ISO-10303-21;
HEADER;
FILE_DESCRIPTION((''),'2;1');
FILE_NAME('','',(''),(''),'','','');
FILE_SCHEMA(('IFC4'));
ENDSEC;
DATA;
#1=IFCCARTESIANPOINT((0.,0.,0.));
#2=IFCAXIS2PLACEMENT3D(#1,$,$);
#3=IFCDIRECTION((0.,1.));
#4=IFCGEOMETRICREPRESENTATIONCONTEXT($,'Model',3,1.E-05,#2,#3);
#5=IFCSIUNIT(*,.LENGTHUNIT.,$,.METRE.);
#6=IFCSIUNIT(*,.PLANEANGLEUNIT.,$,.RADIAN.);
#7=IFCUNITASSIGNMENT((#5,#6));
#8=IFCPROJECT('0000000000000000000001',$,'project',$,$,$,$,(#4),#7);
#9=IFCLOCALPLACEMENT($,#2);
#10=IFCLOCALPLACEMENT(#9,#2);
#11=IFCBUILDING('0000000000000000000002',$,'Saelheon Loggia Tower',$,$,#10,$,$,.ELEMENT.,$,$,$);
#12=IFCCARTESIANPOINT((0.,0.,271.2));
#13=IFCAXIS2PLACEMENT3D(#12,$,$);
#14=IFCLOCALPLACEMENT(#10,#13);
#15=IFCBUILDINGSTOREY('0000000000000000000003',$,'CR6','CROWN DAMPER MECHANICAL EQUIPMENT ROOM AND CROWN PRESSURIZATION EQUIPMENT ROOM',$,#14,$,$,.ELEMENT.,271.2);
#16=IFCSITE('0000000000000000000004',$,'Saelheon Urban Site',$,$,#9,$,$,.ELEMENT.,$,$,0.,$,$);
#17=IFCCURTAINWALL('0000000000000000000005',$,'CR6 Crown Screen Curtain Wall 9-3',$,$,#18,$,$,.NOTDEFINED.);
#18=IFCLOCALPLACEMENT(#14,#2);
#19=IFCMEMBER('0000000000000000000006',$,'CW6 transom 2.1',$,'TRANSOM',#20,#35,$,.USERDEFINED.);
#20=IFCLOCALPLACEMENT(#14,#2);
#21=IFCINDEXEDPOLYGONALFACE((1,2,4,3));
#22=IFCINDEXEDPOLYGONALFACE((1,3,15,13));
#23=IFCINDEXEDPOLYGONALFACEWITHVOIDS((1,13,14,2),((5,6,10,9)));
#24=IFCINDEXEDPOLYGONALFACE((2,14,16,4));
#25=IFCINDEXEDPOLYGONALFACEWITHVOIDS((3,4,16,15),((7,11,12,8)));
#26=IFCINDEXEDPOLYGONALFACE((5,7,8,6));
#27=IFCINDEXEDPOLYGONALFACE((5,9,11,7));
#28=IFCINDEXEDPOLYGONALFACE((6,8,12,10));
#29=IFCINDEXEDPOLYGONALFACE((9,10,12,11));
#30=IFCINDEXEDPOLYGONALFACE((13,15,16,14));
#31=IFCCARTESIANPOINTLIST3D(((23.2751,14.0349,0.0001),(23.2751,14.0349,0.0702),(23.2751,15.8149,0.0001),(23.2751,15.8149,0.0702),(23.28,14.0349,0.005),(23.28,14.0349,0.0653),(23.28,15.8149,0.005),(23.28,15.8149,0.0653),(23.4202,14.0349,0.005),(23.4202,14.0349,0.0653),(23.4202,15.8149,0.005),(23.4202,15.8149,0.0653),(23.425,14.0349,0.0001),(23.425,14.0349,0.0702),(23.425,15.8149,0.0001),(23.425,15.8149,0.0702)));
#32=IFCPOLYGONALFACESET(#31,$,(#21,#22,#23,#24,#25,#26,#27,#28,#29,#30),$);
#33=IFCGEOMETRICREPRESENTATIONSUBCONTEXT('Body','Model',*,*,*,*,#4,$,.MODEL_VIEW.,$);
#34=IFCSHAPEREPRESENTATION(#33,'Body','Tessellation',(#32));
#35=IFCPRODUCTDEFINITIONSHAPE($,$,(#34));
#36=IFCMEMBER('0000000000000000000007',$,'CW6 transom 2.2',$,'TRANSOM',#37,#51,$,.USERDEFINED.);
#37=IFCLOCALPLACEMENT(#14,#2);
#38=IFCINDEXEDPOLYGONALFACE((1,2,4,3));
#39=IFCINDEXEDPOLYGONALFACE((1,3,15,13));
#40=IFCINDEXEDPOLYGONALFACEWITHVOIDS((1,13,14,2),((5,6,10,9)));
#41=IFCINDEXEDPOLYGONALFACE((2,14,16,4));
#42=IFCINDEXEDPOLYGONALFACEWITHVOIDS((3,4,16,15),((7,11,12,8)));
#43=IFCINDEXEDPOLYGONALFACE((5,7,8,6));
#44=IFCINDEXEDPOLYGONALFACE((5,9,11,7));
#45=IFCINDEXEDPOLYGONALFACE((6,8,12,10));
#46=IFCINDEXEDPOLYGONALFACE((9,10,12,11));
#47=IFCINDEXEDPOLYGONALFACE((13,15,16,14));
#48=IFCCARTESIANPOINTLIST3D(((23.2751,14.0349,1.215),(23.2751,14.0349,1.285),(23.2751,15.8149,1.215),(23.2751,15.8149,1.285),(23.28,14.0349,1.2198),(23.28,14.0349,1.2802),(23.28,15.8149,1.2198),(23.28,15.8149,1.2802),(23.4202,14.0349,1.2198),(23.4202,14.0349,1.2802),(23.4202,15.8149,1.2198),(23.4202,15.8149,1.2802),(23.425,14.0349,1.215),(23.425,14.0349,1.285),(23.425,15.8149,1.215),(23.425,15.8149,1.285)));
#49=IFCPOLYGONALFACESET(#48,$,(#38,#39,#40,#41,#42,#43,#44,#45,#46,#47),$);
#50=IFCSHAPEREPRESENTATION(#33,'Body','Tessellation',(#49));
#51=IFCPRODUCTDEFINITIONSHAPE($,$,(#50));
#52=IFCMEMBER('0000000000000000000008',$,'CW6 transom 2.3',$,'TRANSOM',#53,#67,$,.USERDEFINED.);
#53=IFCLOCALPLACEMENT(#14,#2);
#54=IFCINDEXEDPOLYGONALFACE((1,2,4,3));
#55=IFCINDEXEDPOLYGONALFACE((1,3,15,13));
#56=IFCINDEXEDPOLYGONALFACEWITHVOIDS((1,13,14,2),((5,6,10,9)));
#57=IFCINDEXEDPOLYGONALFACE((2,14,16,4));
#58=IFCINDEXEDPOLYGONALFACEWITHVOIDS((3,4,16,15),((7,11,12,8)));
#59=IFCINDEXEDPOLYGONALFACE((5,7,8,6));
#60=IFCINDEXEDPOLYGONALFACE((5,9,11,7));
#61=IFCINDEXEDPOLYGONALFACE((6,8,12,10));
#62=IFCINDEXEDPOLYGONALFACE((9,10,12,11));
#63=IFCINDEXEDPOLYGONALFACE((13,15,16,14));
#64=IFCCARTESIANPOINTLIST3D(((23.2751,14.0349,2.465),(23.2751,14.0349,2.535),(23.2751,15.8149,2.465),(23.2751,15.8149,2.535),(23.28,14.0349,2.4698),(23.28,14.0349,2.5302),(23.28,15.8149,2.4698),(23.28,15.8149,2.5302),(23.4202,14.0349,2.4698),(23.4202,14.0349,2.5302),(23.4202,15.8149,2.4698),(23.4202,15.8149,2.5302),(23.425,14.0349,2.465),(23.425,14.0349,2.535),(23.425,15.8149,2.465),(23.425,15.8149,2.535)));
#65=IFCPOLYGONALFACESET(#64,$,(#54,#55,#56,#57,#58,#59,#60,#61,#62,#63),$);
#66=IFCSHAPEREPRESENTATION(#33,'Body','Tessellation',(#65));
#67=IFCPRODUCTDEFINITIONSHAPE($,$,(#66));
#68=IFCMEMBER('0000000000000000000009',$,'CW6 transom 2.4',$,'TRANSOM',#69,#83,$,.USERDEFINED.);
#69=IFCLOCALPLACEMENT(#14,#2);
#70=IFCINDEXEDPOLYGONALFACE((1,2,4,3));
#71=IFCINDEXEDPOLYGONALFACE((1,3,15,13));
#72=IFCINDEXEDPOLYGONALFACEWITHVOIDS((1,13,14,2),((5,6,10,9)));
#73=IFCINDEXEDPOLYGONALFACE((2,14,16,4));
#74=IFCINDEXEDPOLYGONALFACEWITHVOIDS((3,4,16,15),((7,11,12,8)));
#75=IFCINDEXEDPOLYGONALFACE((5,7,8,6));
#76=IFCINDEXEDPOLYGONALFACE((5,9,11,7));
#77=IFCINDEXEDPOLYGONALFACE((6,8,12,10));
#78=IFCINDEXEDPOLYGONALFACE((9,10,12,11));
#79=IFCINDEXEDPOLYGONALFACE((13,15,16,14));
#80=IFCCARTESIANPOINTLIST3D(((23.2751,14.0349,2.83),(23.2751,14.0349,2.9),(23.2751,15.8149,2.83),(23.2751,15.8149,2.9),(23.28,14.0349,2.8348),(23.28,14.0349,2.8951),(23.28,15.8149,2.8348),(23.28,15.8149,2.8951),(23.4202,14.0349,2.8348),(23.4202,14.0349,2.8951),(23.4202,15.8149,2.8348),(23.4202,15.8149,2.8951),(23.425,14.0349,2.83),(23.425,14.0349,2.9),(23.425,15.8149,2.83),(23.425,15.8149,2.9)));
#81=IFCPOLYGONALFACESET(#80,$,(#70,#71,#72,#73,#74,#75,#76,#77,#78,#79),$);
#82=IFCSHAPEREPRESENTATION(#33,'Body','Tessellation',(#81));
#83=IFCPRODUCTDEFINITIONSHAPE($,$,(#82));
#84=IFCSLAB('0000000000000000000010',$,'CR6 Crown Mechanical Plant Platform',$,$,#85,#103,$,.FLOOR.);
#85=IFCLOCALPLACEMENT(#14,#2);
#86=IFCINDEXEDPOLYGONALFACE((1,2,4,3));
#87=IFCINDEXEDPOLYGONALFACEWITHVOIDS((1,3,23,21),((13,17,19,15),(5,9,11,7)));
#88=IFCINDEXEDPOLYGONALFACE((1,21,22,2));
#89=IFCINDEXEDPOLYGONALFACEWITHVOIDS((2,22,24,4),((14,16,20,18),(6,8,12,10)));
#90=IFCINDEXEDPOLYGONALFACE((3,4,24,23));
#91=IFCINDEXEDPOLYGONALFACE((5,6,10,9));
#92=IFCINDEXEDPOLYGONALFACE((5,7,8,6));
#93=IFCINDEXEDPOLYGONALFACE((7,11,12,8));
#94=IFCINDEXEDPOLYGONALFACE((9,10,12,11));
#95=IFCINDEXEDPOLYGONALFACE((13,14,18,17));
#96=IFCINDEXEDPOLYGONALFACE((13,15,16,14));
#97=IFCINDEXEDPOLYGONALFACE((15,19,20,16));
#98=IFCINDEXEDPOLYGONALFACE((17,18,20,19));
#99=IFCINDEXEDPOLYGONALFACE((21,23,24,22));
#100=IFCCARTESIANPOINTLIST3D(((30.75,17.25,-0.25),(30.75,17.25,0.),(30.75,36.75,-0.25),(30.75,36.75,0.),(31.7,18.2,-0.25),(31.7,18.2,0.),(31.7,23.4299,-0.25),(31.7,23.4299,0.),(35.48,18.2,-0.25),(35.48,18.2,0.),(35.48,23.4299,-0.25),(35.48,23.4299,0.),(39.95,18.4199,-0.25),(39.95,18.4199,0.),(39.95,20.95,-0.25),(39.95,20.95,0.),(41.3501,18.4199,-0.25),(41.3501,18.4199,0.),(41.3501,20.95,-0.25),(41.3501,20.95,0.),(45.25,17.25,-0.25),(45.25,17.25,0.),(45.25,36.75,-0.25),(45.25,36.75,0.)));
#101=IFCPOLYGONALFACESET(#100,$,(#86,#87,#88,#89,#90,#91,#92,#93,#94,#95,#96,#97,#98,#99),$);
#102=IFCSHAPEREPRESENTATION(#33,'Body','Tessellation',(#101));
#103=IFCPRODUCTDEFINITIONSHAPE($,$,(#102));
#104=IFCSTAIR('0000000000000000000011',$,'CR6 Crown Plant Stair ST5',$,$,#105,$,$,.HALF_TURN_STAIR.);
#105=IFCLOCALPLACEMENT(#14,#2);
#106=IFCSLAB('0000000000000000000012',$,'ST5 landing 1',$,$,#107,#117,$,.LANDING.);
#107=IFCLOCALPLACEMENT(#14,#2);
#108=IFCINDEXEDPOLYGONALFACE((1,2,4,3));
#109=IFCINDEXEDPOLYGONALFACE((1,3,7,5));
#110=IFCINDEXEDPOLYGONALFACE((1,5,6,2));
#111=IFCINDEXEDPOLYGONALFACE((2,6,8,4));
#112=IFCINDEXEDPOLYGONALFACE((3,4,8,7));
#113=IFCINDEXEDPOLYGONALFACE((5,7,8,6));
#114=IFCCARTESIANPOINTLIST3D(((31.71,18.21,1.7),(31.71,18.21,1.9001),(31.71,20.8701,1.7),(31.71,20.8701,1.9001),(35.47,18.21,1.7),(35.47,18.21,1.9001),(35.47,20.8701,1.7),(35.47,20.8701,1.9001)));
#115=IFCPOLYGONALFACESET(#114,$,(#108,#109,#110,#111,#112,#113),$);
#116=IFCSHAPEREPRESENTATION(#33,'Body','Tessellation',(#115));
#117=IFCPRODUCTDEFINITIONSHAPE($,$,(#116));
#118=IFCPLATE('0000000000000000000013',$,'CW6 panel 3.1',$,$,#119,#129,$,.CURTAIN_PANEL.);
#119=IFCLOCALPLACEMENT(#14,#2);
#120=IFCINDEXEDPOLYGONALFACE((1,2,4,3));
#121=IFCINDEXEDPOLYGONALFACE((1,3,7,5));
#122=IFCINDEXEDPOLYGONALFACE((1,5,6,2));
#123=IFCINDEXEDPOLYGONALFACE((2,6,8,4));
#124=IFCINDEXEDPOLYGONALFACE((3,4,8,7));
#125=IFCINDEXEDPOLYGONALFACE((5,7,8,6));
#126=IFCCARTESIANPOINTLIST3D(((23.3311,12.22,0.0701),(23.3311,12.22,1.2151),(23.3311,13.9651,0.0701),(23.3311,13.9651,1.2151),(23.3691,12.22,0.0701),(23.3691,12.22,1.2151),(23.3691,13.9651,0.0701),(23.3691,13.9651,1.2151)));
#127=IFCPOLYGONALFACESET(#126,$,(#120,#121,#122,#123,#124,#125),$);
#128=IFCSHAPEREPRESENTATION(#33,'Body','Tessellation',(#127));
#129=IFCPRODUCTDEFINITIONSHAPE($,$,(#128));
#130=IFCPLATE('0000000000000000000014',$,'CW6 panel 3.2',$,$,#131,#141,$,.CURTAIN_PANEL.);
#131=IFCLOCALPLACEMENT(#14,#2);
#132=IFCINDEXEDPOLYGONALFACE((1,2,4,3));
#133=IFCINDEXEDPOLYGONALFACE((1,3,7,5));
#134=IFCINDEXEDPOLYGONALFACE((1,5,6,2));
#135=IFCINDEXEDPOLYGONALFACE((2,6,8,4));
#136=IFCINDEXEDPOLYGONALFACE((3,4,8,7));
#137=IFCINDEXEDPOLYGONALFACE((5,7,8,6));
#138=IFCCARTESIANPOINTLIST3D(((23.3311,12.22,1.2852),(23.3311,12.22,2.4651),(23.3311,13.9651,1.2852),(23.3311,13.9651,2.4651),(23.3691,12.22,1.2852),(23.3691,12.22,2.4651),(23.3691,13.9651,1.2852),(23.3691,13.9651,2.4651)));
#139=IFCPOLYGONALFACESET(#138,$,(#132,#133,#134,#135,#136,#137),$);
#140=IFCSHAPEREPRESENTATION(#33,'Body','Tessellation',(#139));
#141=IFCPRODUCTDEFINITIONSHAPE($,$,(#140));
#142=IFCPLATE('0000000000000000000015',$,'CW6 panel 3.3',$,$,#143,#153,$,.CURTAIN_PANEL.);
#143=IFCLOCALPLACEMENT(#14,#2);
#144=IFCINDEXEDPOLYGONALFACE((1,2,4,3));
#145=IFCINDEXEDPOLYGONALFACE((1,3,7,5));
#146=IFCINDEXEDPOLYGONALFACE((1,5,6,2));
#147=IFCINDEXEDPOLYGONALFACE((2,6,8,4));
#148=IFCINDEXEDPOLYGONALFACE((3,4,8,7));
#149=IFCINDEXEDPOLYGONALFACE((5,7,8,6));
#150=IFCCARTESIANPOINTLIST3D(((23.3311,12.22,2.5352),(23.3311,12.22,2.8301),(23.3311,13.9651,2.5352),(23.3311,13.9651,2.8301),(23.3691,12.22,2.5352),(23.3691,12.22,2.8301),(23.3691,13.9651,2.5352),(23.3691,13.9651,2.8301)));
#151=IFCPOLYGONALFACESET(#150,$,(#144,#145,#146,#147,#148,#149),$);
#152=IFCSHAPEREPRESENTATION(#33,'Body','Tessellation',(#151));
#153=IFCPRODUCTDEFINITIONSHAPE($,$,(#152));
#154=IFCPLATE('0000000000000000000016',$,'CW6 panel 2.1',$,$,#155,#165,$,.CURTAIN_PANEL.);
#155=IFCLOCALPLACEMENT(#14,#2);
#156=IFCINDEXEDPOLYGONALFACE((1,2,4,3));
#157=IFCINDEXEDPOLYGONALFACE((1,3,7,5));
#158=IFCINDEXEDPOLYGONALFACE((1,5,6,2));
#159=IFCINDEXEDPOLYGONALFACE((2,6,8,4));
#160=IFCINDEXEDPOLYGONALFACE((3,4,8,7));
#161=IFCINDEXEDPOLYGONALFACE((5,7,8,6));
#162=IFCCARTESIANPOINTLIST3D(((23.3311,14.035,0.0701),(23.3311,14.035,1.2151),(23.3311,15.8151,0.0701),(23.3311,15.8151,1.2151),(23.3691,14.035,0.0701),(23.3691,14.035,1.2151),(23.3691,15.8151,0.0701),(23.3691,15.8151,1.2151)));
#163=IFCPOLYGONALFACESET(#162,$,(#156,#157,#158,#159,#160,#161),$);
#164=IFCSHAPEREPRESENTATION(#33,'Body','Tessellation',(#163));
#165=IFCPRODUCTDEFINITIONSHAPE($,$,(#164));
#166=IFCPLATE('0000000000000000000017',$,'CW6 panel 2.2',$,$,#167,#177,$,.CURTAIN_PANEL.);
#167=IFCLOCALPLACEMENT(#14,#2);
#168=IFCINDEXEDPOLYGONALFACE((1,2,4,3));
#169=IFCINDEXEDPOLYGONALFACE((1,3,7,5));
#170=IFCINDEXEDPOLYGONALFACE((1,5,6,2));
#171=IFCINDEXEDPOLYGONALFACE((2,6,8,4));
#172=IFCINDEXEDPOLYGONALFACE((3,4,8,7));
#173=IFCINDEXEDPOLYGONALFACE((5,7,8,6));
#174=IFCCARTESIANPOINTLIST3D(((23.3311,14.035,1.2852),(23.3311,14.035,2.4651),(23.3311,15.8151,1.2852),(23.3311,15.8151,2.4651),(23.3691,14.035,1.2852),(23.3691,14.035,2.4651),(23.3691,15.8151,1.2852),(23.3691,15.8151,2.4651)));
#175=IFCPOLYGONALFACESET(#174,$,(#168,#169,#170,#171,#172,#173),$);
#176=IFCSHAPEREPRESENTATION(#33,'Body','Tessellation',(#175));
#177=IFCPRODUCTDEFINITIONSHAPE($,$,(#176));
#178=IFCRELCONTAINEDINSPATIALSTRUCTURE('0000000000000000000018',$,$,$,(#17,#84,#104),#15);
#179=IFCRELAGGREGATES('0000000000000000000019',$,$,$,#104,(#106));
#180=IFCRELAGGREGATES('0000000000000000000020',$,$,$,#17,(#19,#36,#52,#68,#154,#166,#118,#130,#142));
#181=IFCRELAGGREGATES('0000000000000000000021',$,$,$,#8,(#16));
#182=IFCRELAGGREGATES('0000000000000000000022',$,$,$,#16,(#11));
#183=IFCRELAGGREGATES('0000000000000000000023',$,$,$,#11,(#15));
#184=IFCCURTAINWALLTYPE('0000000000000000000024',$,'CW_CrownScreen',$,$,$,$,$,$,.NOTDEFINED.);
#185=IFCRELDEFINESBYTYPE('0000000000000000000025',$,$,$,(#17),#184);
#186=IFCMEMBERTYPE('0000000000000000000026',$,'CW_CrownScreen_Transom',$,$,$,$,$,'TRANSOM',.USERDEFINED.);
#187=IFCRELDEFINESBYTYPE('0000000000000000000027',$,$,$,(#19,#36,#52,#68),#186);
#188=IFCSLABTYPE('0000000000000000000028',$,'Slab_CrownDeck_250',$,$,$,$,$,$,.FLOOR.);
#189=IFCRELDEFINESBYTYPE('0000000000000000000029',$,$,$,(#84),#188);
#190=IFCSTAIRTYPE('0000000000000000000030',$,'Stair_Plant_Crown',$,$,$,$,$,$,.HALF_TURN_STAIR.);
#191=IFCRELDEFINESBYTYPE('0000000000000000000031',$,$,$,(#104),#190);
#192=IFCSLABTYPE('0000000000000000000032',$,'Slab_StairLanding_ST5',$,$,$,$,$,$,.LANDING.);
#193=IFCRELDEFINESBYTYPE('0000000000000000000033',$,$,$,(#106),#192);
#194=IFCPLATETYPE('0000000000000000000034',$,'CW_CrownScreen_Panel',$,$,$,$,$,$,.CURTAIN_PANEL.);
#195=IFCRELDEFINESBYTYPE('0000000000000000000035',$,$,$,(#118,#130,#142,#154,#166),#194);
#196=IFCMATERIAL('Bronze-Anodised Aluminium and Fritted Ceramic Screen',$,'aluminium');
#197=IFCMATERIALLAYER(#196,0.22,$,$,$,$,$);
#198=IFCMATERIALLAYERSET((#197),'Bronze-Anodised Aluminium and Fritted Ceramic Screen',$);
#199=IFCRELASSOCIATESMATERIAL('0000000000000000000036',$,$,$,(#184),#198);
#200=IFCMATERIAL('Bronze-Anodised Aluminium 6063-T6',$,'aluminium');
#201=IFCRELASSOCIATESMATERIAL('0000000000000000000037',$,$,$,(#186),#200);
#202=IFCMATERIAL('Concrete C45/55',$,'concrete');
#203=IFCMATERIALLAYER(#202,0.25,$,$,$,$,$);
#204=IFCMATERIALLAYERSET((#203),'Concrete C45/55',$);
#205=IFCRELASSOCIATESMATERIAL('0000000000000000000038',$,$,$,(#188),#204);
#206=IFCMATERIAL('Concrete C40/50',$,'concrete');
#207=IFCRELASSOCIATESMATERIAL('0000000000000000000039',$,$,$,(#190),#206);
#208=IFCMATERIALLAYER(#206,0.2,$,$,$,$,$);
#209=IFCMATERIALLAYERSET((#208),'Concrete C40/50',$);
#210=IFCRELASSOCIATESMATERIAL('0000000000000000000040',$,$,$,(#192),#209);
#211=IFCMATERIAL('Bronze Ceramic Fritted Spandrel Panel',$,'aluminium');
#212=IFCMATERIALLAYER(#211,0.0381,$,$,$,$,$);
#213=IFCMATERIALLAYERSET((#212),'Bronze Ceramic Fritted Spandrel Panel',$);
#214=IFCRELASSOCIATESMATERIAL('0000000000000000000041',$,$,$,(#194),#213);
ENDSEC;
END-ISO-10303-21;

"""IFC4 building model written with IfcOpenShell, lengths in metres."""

from ifc_helpers import new_model, si_unit, direction, frame, origin, origin_2d, place, context, subcontext, project, spatial, polyline, rectangle, hollow_rectangle, outline, extrude, source, transform, mapped, material, layer, layer_set, material_profile, profile_set, type_object, element, aggregate, save


model = new_model("IFC4")

# Units and contexts
model_context = context("Model", 3, precision=1e-05, world=origin(), true_north=direction((0.0, 1.0)))
body_context = subcontext(model_context, "Body", "Model", "MODEL_VIEW")
ifc_project = project(units=[si_unit("LENGTHUNIT", "METRE"), si_unit("PLANEANGLEUNIT", "RADIAN")], contexts=[model_context])

# Site, building, storey
site_placement = place(None, origin())
site = spatial("IfcSite", under=ifc_project, at=site_placement, Name="Saelheon Urban Site", CompositionType="ELEMENT", RefElevation=0.0)
building_placement = place(site_placement, origin())
building = spatial("IfcBuilding", under=site, at=building_placement, Name="Saelheon Loggia Tower", CompositionType="ELEMENT")
storey_placement = place(building_placement, frame((0.0, 0.0, 271.2)))
storey = spatial("IfcBuildingStorey", under=building, at=storey_placement, Name="CR6", Description="CROWN DAMPER MECHANICAL EQUIPMENT ROOM AND CROWN PRESSURIZATION EQUIPMENT ROOM", CompositionType="ELEMENT", Elevation=271.2)

# Curtain wall, members
ifc_material_1 = material(Name="Bronze-Anodised Aluminium and Fritted Ceramic Screen", Category="aluminium")
ifc_layer_1 = layer(ifc_material_1, 0.22)
ifc_layer_set_1 = layer_set([ifc_layer_1], Name="Bronze-Anodised Aluminium and Fritted Ceramic Screen")
curtain_wall_type = type_object("IfcCurtainWallType", Name="CW_CrownScreen", PredefinedType="NOTDEFINED", material=ifc_layer_set_1)
curtain_wall_placement = place(storey_placement, origin())
curtain_wall = element("IfcCurtainWall", 1, at=curtain_wall_placement, inside=storey, type_object=curtain_wall_type, Name="CR6 Crown Screen Curtain Wall 9-3", PredefinedType="NOTDEFINED")
ifc_material_2 = material(Name="Bronze-Anodised Aluminium 6063-T6", Category="aluminium")
ifc_material_profile_1 = material_profile(ifc_material_2, hollow_rectangle(XDim=0.0701, YDim=0.1499, WallThickness=0.0049, at=origin_2d()), Name="RHS-150x70x5")
ifc_profile_set_1 = profile_set([ifc_material_profile_1], Name="Bronze-Anodised Aluminium 6063-T6")
member_type_1 = type_object("IfcMemberType", Name="CW_CrownScreen_Transom", ElementType="TRANSOM", PredefinedType="USERDEFINED", material=ifc_profile_set_1)
shared_shape_1 = source(origin(), body_context, "Body", "SweptSolid", [
    extrude(hollow_rectangle(XDim=0.0701, YDim=0.1499, WallThickness=0.0049, at=origin_2d()), origin(), (0.0, 0.0, 1.0), 1.78),
])
member_1_placement = place(storey_placement, frame((23.3501, 15.8149, 0.0352), z_axis=(0.0, -1.0, 0.0), x_axis=(0.0, 0.0, 1.0)))
member_1 = element("IfcMember", 2, at=member_1_placement, type_object=member_type_1, Name="CW6 transom 2.1", ObjectType="TRANSOM", PredefinedType="USERDEFINED", context=body_context, shape_type="MappedRepresentation", body=[
    mapped(shared_shape_1, transform((0.0, 0.0, 0.0), scale=1.0)),
])
member_2_placement = place(storey_placement, frame((23.3501, 15.8149, 1.25), z_axis=(0.0, -1.0, 0.0), x_axis=(0.0, 0.0, 1.0)))
member_2 = element("IfcMember", 3, at=member_2_placement, type_object=member_type_1, Name="CW6 transom 2.2", ObjectType="TRANSOM", PredefinedType="USERDEFINED", context=body_context, shape_type="MappedRepresentation", body=[
    mapped(shared_shape_1, transform((0.0, 0.0, 0.0), scale=1.0)),
])
member_3_placement = place(storey_placement, frame((23.3501, 15.8149, 2.5), z_axis=(0.0, -1.0, 0.0), x_axis=(0.0, 0.0, 1.0)))
member_3 = element("IfcMember", 4, at=member_3_placement, type_object=member_type_1, Name="CW6 transom 2.3", ObjectType="TRANSOM", PredefinedType="USERDEFINED", context=body_context, shape_type="MappedRepresentation", body=[
    mapped(shared_shape_1, transform((0.0, 0.0, 0.0), scale=1.0)),
])
member_4_placement = place(storey_placement, frame((23.3501, 15.8149, 2.865), z_axis=(0.0, -1.0, 0.0), x_axis=(0.0, 0.0, 1.0)))
member_4 = element("IfcMember", 5, at=member_4_placement, type_object=member_type_1, Name="CW6 transom 2.4", ObjectType="TRANSOM", PredefinedType="USERDEFINED", context=body_context, shape_type="MappedRepresentation", body=[
    mapped(shared_shape_1, transform((0.0, 0.0, 0.0), scale=1.0)),
])

# Slab
ifc_material_3 = material(Name="Concrete C45/55", Category="concrete")
ifc_layer_2 = layer(ifc_material_3, 0.25)
ifc_layer_set_2 = layer_set([ifc_layer_2], Name="Concrete C45/55")
slab_type_1 = type_object("IfcSlabType", Name="Slab_CrownDeck_250", PredefinedType="FLOOR", material=ifc_layer_set_2)
slab_1_placement = place(storey_placement, frame((0.0, 0.0, -0.25)))
element("IfcSlab", 6, at=slab_1_placement, inside=storey, type_object=slab_type_1, Name="CR6 Crown Mechanical Plant Platform", PredefinedType="FLOOR", context=body_context, shape_type="SweptSolid", body=[
    extrude(outline(polyline([(30.75, 17.25), (45.25, 17.25), (45.25, 36.75), (30.75, 36.75), (30.75, 17.25)]), holes=[polyline([(31.7, 23.4299), (31.7, 18.2), (35.48, 18.2), (35.48, 23.4299), (31.7, 23.4299)]), polyline([(39.95, 18.4199), (41.3501, 18.4199), (41.3501, 20.95), (39.95, 20.95), (39.95, 18.4199)])]), origin(), (0.0, 0.0, 1.0), 0.25),
])

# Stair, slab
ifc_material_4 = material(Name="Concrete C40/50", Category="concrete")
stair_type = type_object("IfcStairType", Name="Stair_Plant_Crown", PredefinedType="HALF_TURN_STAIR", material=ifc_material_4)
stair_placement = place(storey_placement, origin())
stair = element("IfcStair", 7, at=stair_placement, inside=storey, type_object=stair_type, Name="CR6 Crown Plant Stair ST5", PredefinedType="HALF_TURN_STAIR")
ifc_layer_3 = layer(ifc_material_4, 0.2)
ifc_layer_set_3 = layer_set([ifc_layer_3], Name="Concrete C40/50")
slab_type_2 = type_object("IfcSlabType", Name="Slab_StairLanding_ST5", PredefinedType="LANDING", material=ifc_layer_set_3)
slab_2_placement = place(storey_placement, frame((0.0, 0.0, 1.7)))
slab_2 = element("IfcSlab", 8, at=slab_2_placement, type_object=slab_type_2, Name="ST5 landing 1", PredefinedType="LANDING", context=body_context, shape_type="SweptSolid", body=[
    extrude(outline(polyline([(31.71, 20.8701), (31.71, 18.21), (35.47, 18.21), (35.47, 20.8701), (31.71, 20.8701)])), origin(), (0.0, 0.0, 1.0), 0.2002),
])
aggregate(stair, [slab_2])

# Plates
ifc_material_5 = material(Name="Bronze Ceramic Fritted Spandrel Panel", Category="aluminium")
ifc_layer_4 = layer(ifc_material_5, 0.0381)
ifc_layer_set_4 = layer_set([ifc_layer_4], Name="Bronze Ceramic Fritted Spandrel Panel")
plate_type = type_object("IfcPlateType", Name="CW_CrownScreen_Panel", PredefinedType="CURTAIN_PANEL", material=ifc_layer_set_4)
shared_shape_2 = source(origin(), body_context, "Body", "SweptSolid", [
    extrude(rectangle(XDim=1.7451, YDim=0.0381, at=origin_2d()), origin(), (0.0, 0.0, 1.0), 1.145),
])
plate_1_placement = place(storey_placement, frame((23.3501, 13.0925, 0.0701), z_axis=(0.0, 0.0, 1.0), x_axis=(0.0, -1.0, 0.0)))
plate_1 = element("IfcPlate", 9, at=plate_1_placement, type_object=plate_type, Name="CW6 panel 3.1", PredefinedType="CURTAIN_PANEL", context=body_context, shape_type="MappedRepresentation", body=[
    mapped(shared_shape_2, transform((0.0, 0.0, 0.0), scale=1.0)),
])
shared_shape_3 = source(origin(), body_context, "Body", "SweptSolid", [
    extrude(rectangle(XDim=1.7451, YDim=0.0381, at=origin_2d()), origin(), (0.0, 0.0, 1.0), 1.1799),
])
plate_2_placement = place(storey_placement, frame((23.3501, 13.0925, 1.2852), z_axis=(0.0, 0.0, 1.0), x_axis=(0.0, -1.0, 0.0)))
plate_2 = element("IfcPlate", 10, at=plate_2_placement, type_object=plate_type, Name="CW6 panel 3.2", PredefinedType="CURTAIN_PANEL", context=body_context, shape_type="MappedRepresentation", body=[
    mapped(shared_shape_3, transform((0.0, 0.0, 0.0), scale=1.0)),
])
shared_shape_4 = source(origin(), body_context, "Body", "SweptSolid", [
    extrude(rectangle(XDim=1.7451, YDim=0.0381, at=origin_2d()), origin(), (0.0, 0.0, 1.0), 0.2949),
])
plate_3_placement = place(storey_placement, frame((23.3501, 13.0925, 2.5352), z_axis=(0.0, 0.0, 1.0), x_axis=(0.0, -1.0, 0.0)))
plate_3 = element("IfcPlate", 11, at=plate_3_placement, type_object=plate_type, Name="CW6 panel 3.3", PredefinedType="CURTAIN_PANEL", context=body_context, shape_type="MappedRepresentation", body=[
    mapped(shared_shape_4, transform((0.0, 0.0, 0.0), scale=1.0)),
])
shared_shape_5 = source(origin(), body_context, "Body", "SweptSolid", [
    extrude(rectangle(XDim=1.78, YDim=0.0381, at=origin_2d()), origin(), (0.0, 0.0, 1.0), 1.145),
])
plate_4_placement = place(storey_placement, frame((23.3501, 14.925, 0.0701), z_axis=(0.0, 0.0, 1.0), x_axis=(0.0, -1.0, 0.0)))
plate_4 = element("IfcPlate", 12, at=plate_4_placement, type_object=plate_type, Name="CW6 panel 2.1", PredefinedType="CURTAIN_PANEL", context=body_context, shape_type="MappedRepresentation", body=[
    mapped(shared_shape_5, transform((0.0, 0.0, 0.0), scale=1.0)),
])
shared_shape_6 = source(origin(), body_context, "Body", "SweptSolid", [
    extrude(rectangle(XDim=1.78, YDim=0.0381, at=origin_2d()), origin(), (0.0, 0.0, 1.0), 1.1799),
])
plate_5_placement = place(storey_placement, frame((23.3501, 14.925, 1.2852), z_axis=(0.0, 0.0, 1.0), x_axis=(0.0, -1.0, 0.0)))
plate_5 = element("IfcPlate", 13, at=plate_5_placement, type_object=plate_type, Name="CW6 panel 2.2", PredefinedType="CURTAIN_PANEL", context=body_context, shape_type="MappedRepresentation", body=[
    mapped(shared_shape_6, transform((0.0, 0.0, 0.0), scale=1.0)),
])
aggregate(curtain_wall, [member_1, member_2, member_3, member_4, plate_4, plate_5, plate_1, plate_2, plate_3])

save(model, "model.ifc")
